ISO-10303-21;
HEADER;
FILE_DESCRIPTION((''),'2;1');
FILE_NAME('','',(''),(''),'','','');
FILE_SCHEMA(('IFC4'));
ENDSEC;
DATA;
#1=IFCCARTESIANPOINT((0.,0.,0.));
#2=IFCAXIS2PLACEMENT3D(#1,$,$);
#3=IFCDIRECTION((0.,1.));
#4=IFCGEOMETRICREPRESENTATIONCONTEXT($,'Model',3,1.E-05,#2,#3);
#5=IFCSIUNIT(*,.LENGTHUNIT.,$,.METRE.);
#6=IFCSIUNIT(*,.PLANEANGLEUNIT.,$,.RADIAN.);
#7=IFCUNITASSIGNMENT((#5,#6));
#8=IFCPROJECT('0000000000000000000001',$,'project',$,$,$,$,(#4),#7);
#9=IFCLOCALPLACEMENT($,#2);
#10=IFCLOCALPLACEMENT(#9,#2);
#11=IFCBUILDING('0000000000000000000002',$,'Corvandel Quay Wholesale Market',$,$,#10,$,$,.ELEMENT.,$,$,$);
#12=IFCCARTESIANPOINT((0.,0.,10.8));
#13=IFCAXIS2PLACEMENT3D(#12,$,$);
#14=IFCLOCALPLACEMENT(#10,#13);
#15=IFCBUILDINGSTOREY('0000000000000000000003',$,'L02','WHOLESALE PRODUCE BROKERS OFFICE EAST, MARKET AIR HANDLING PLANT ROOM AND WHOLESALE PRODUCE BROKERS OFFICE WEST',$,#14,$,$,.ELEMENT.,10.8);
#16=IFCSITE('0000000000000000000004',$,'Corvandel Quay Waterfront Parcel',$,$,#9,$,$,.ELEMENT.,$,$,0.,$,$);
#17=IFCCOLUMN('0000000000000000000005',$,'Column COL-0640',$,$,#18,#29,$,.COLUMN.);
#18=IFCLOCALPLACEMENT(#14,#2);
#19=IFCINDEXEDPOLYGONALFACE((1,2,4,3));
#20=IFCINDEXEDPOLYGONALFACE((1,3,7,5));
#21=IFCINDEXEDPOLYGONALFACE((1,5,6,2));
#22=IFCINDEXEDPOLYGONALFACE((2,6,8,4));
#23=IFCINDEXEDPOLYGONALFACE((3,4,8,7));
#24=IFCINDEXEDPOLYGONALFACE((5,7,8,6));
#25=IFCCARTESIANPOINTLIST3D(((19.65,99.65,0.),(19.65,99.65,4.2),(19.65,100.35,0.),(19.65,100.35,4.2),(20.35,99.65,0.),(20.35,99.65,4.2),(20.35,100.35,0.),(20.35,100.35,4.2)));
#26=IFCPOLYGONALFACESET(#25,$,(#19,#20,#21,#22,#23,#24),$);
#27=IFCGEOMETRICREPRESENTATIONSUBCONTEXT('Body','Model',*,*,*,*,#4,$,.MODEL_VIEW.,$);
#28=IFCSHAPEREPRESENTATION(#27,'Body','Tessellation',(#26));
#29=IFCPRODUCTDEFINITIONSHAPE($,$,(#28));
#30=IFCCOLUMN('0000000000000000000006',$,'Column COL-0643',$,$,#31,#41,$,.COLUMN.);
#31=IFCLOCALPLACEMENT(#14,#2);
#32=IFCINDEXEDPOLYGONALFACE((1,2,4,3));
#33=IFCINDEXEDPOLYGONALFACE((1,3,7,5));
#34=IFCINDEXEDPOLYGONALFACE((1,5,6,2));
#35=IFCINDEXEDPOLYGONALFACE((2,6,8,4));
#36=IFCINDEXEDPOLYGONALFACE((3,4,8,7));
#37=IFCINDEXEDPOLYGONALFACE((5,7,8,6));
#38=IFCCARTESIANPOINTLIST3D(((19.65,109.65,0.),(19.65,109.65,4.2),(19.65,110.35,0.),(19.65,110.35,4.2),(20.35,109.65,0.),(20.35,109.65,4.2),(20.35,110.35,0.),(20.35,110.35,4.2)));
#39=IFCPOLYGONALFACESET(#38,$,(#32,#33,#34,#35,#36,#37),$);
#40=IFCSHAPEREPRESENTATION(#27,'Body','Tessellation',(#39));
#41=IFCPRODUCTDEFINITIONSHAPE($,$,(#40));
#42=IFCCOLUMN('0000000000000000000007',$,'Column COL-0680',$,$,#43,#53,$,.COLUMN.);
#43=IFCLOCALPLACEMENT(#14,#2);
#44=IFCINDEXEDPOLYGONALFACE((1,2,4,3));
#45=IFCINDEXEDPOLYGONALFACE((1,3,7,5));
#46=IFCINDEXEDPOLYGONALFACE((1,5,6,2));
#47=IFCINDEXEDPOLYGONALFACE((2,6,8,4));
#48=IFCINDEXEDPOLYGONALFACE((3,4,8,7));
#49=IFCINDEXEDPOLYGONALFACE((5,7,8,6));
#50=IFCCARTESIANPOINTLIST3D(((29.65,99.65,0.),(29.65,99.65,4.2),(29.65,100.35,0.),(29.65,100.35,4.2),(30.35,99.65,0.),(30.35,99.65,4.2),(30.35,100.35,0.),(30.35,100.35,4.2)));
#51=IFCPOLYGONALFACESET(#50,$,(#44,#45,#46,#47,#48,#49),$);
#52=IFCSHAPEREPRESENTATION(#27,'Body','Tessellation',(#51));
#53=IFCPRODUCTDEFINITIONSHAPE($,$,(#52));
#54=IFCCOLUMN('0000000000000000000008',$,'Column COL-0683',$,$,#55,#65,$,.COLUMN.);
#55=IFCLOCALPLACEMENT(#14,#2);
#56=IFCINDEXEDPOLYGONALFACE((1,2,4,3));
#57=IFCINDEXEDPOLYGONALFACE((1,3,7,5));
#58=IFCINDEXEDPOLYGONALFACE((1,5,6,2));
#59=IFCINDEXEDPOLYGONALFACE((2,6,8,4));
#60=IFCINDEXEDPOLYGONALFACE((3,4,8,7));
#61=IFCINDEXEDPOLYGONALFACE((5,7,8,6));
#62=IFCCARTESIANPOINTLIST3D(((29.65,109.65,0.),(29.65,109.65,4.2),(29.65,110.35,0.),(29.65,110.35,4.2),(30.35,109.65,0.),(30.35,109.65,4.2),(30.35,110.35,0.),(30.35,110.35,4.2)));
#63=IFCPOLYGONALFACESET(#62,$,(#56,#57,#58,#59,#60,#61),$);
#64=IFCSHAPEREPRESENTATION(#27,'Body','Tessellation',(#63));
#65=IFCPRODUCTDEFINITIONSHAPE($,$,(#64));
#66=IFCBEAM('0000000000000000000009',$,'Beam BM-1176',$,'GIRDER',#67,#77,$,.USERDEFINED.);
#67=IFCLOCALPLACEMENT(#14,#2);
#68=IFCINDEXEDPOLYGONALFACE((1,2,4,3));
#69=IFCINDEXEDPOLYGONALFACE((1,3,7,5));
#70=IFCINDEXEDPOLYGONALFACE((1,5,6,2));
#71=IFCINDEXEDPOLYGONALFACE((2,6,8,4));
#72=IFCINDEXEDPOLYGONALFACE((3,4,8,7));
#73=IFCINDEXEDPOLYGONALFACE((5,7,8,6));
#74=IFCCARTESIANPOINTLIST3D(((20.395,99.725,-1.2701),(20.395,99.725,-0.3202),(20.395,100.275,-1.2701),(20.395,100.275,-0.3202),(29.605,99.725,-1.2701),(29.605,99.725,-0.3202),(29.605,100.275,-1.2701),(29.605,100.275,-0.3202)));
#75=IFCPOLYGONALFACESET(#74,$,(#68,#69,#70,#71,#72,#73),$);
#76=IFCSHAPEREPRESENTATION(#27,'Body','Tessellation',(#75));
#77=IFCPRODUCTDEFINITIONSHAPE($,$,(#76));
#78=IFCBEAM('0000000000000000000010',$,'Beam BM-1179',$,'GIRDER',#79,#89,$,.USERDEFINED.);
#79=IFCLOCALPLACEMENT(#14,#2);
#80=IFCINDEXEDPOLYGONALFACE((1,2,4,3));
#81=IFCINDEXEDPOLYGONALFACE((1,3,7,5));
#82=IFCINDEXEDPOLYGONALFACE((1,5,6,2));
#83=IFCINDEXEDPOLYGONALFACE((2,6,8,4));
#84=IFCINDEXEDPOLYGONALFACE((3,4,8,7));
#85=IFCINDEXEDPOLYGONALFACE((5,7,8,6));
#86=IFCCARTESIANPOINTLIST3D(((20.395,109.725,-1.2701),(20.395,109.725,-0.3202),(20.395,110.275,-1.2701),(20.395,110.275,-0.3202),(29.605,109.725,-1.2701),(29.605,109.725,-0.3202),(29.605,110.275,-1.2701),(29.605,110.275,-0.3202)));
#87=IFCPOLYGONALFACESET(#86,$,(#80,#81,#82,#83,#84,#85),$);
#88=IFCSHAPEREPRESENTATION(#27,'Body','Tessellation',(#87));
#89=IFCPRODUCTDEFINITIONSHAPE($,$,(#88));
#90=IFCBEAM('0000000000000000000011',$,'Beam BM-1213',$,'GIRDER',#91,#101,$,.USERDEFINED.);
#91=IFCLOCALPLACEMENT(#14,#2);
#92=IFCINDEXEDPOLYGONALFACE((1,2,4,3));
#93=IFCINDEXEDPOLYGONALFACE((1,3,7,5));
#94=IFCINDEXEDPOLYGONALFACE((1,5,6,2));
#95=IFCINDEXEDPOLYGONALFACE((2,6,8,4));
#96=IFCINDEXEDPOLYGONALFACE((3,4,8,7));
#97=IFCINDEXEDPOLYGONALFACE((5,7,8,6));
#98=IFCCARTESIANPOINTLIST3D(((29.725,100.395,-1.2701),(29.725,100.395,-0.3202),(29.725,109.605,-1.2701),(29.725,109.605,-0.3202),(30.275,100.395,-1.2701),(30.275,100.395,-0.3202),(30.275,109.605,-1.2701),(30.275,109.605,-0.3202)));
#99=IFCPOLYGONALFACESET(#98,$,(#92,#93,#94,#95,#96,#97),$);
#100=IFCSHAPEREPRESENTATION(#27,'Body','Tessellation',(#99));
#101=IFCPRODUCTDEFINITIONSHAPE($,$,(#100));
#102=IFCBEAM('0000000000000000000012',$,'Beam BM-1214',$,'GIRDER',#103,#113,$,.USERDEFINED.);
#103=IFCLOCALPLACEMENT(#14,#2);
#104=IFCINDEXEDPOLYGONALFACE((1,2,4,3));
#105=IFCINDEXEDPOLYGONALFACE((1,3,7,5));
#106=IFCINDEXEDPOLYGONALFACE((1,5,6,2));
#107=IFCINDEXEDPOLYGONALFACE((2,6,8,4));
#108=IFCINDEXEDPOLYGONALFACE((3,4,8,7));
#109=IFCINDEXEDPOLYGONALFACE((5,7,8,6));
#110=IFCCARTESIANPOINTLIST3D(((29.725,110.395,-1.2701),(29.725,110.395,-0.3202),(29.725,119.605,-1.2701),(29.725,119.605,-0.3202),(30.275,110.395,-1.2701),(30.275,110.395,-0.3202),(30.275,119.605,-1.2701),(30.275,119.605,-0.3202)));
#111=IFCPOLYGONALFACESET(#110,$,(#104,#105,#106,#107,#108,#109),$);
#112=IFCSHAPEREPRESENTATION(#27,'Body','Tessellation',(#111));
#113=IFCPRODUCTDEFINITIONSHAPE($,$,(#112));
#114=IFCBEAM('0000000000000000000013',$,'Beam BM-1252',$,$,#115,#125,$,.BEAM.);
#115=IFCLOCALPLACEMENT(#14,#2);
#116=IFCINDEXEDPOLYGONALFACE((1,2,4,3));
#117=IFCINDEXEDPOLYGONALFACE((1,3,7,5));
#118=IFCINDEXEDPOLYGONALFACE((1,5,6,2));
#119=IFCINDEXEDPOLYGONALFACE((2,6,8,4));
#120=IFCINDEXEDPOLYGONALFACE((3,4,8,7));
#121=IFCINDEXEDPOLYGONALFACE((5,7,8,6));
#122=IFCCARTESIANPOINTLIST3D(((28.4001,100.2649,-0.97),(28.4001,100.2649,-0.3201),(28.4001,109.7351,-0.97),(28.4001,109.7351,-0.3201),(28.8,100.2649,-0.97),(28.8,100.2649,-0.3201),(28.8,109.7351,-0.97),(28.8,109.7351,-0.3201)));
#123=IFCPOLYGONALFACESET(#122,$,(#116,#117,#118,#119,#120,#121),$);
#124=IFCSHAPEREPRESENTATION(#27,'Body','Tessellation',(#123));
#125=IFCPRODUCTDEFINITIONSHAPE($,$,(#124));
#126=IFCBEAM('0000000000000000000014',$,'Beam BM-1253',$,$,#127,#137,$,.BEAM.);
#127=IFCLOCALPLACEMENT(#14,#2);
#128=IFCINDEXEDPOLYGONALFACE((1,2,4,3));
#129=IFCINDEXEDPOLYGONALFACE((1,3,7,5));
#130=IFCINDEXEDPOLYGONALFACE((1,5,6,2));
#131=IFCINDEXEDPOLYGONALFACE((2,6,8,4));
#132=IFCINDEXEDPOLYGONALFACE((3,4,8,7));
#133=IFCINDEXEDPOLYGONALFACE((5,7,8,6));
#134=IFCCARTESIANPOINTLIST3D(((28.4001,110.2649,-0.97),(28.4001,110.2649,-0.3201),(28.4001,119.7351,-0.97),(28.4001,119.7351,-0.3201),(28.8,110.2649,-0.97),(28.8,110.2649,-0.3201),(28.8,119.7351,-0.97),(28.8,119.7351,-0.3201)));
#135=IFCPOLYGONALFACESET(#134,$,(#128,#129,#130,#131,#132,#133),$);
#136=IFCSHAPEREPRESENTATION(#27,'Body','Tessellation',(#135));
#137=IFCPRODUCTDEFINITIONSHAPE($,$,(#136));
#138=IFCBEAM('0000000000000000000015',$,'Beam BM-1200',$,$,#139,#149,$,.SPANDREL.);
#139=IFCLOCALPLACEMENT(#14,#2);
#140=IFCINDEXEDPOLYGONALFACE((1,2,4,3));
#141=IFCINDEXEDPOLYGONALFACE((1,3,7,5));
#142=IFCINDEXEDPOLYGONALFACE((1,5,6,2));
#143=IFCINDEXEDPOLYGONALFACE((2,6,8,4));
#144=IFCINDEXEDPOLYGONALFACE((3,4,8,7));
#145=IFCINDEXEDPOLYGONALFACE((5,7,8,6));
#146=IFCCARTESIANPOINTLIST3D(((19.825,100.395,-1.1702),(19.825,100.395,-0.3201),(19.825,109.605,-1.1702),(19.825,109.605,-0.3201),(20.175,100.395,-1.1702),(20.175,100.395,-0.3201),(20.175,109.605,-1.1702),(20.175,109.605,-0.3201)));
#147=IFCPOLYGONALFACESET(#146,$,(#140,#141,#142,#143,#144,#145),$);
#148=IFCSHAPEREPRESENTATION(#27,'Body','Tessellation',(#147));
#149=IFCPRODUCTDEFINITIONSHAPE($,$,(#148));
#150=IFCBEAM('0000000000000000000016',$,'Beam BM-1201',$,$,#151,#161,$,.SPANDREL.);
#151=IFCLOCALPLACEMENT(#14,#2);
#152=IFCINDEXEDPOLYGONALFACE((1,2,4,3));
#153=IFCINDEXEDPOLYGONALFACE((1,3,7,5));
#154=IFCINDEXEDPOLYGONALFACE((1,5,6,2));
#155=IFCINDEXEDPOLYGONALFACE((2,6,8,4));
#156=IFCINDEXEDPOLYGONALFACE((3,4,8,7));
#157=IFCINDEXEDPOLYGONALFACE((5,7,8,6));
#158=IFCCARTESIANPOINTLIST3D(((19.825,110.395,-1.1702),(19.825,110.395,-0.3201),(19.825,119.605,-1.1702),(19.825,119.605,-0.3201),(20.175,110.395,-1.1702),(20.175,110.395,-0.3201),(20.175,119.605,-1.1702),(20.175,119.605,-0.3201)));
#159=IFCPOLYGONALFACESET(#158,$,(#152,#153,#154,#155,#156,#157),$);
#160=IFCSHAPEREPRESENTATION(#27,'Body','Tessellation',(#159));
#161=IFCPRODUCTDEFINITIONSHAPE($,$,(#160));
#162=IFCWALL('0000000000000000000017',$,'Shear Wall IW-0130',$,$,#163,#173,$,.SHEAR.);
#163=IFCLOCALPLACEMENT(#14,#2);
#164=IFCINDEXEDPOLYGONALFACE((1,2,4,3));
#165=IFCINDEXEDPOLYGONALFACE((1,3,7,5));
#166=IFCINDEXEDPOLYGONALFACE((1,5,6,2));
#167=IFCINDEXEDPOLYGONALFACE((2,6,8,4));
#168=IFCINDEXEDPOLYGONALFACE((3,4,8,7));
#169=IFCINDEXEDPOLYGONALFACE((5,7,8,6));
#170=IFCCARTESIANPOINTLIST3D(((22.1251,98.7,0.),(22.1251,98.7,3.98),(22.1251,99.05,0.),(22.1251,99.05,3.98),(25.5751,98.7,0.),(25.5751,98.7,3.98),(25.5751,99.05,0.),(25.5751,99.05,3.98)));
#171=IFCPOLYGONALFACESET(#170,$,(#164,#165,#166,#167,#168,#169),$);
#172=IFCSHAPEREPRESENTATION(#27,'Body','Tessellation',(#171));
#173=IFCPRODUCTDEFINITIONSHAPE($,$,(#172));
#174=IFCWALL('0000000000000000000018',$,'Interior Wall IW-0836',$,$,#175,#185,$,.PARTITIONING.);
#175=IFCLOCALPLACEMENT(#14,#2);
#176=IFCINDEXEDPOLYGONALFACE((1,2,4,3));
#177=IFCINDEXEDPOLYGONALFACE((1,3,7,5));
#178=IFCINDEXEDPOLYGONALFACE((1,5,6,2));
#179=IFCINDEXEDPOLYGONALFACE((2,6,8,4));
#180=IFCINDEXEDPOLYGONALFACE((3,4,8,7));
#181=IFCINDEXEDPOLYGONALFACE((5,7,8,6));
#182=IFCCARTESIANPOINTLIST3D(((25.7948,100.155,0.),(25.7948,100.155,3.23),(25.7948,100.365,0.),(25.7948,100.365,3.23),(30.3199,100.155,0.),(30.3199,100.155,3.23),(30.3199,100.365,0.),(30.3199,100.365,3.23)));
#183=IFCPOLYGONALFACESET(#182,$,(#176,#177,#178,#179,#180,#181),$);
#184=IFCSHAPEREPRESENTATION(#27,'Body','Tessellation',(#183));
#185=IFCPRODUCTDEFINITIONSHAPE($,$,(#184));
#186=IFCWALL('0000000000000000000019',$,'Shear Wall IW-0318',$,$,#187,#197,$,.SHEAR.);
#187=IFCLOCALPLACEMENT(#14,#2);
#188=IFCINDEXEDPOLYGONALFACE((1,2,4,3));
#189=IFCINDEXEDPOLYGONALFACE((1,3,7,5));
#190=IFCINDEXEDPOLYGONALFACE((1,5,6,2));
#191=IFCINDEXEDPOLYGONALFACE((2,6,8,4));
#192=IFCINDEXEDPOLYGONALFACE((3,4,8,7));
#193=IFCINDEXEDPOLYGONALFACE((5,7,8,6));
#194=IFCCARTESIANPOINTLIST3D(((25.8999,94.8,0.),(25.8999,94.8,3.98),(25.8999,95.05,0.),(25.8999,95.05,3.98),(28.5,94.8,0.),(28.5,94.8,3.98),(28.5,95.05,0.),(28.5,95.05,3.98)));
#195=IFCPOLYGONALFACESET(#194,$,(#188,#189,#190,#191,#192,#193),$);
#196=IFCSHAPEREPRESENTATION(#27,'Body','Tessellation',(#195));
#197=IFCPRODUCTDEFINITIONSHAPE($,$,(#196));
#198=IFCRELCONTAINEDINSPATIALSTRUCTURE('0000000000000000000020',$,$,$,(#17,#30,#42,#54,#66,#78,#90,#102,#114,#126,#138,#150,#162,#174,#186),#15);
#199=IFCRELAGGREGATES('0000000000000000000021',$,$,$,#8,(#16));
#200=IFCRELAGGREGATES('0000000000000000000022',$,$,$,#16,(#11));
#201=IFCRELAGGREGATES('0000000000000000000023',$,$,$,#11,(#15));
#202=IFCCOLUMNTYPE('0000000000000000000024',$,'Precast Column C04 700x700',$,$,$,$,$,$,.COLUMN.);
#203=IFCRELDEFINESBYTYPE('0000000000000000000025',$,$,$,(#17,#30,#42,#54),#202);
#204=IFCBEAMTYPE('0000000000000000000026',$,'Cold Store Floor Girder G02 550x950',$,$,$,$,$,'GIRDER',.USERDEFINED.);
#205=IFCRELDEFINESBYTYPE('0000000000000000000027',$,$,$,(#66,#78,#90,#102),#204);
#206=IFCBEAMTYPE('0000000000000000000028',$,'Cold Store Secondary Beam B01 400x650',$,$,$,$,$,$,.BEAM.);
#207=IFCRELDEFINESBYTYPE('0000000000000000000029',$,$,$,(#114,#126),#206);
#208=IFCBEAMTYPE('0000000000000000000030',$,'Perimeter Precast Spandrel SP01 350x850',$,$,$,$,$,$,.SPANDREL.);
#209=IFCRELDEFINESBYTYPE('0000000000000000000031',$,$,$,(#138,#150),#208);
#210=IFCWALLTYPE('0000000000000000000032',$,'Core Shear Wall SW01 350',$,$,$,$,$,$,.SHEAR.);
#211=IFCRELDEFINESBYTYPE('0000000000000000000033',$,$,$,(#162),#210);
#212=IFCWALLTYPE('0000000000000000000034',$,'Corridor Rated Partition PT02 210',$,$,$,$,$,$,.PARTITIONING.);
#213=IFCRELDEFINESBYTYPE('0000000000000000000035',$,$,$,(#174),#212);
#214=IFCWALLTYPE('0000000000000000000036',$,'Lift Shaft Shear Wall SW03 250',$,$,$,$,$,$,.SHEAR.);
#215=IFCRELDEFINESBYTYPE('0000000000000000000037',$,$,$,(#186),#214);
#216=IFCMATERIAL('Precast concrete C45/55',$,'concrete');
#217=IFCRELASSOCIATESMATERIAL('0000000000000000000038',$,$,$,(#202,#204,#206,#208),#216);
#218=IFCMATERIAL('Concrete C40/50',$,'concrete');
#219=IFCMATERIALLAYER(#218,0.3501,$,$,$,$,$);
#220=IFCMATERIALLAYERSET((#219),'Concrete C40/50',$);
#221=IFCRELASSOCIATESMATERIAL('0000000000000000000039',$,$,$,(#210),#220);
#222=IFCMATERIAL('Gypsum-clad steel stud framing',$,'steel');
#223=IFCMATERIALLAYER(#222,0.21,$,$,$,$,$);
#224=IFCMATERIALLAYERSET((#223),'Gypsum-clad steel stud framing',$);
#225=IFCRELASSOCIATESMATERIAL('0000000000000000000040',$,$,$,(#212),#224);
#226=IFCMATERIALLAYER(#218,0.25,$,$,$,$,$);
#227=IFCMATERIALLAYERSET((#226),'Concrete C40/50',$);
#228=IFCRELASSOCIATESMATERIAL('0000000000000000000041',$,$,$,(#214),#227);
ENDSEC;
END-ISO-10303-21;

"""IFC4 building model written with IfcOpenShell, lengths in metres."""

from ifc_helpers import new_model, si_unit, direction, frame, frame_2d, origin, origin_2d, place, context, subcontext, project, spatial, rectangle, extrude, material, layer, layer_set, material_profile, profile_set, type_object, element, save


model = new_model("IFC4")

# Units and contexts
model_context = context("Model", 3, precision=1e-05, world=origin(), true_north=direction((0.0, 1.0)))
body_context = subcontext(model_context, "Body", "Model", "MODEL_VIEW")
ifc_project = project(units=[si_unit("LENGTHUNIT", "METRE"), si_unit("PLANEANGLEUNIT", "RADIAN")], contexts=[model_context])

# Site, building, storey
site_placement = place(None, origin())
site = spatial("IfcSite", under=ifc_project, at=site_placement, Name="Corvandel Quay Waterfront Parcel", CompositionType="ELEMENT", RefElevation=0.0)
building_placement = place(site_placement, origin())
building = spatial("IfcBuilding", under=site, at=building_placement, Name="Corvandel Quay Wholesale Market", CompositionType="ELEMENT")
storey_placement = place(building_placement, frame((0.0, 0.0, 10.8)))
storey = spatial("IfcBuildingStorey", under=building, at=storey_placement, Name="L02", Description="WHOLESALE PRODUCE BROKERS OFFICE EAST, MARKET AIR HANDLING PLANT ROOM AND WHOLESALE PRODUCE BROKERS OFFICE WEST", CompositionType="ELEMENT", Elevation=10.8)

# Columns
ifc_material_1 = material(Name="Precast concrete C45/55", Category="concrete")
ifc_material_profile_1 = material_profile(ifc_material_1, rectangle(XDim=0.7, YDim=0.7, at=origin_2d()), Name="PC-COL-700x700")
ifc_profile_set_1 = profile_set([ifc_material_profile_1], Name="Precast concrete C45/55")
column_type = type_object("IfcColumnType", Name="Precast Column C04 700x700", PredefinedType="COLUMN", material=ifc_profile_set_1)
for number, where, z_axis, x_axis, name in (
    (1, (20.0, 100.0, 0.0), (0.0, 0.0, 1.0), (1.0, 0.0, 0.0), "Column COL-0640"),
    (2, (20.0, 110.0, 0.0), (0.0, 0.0, 1.0), (1.0, 0.0, 0.0), "Column COL-0643"),
    (3, (30.0, 100.0, 0.0), (0.0, 0.0, 1.0), (1.0, 0.0, 0.0), "Column COL-0680"),
    (4, (30.0, 110.0, 0.0), (0.0, 0.0, 1.0), (1.0, 0.0, 0.0), "Column COL-0683"),
):
    element("IfcColumn", number, at=place(storey_placement, frame(where, z_axis=z_axis, x_axis=x_axis)), inside=storey, type_object=column_type, Name=name, PredefinedType="COLUMN", context=body_context, shape_type="SweptSolid", body=[
        extrude(rectangle(XDim=0.7, YDim=0.7, at=origin_2d()), origin(), (0.0, 0.0, 1.0), 4.2),
    ])

# Beams
ifc_material_profile_2 = material_profile(ifc_material_1, rectangle(XDim=0.55, YDim=0.95, at=origin_2d()), Name="PC-GIR-550x950")
ifc_profile_set_2 = profile_set([ifc_material_profile_2], Name="Precast concrete C45/55")
beam_type_1 = type_object("IfcBeamType", Name="Cold Store Floor Girder G02 550x950", ElementType="GIRDER", PredefinedType="USERDEFINED", material=ifc_profile_set_2)
for number, where, z_axis, x_axis, name in (
    (5, (20.395, 100.0, -0.7952), (1.0, 0.0, 0.0), (0.0, 1.0, 0.0), "Beam BM-1176"),
    (6, (20.395, 110.0, -0.7952), (1.0, 0.0, 0.0), (0.0, 1.0, 0.0), "Beam BM-1179"),
    (7, (30.0, 100.395, -0.7952), (0.0, 1.0, 0.0), (-1.0, 0.0, 0.0), "Beam BM-1213"),
    (8, (30.0, 110.395, -0.7952), (0.0, 1.0, 0.0), (-1.0, 0.0, 0.0), "Beam BM-1214"),
):
    element("IfcBeam", number, at=place(storey_placement, frame(where, z_axis=z_axis, x_axis=x_axis)), inside=storey, type_object=beam_type_1, Name=name, ObjectType="GIRDER", PredefinedType="USERDEFINED", context=body_context, shape_type="SweptSolid", body=[
        extrude(rectangle(XDim=0.55, YDim=0.95, at=origin_2d()), origin(), (0.0, 0.0, 1.0), 9.21),
    ])
ifc_material_profile_3 = material_profile(ifc_material_1, rectangle(XDim=0.3999, YDim=0.6499, at=origin_2d()), Name="PC-BM-400x650")
ifc_profile_set_3 = profile_set([ifc_material_profile_3], Name="Precast concrete C45/55")
beam_type_2 = type_object("IfcBeamType", Name="Cold Store Secondary Beam B01 400x650", PredefinedType="BEAM", material=ifc_profile_set_3)
for number, where, z_axis, x_axis, name in (
    (9, (28.6001, 100.2649, -0.645), (0.0, 1.0, 0.0), (-1.0, 0.0, 0.0), "Beam BM-1252"),
    (10, (28.6001, 110.2649, -0.645), (0.0, 1.0, 0.0), (-1.0, 0.0, 0.0), "Beam BM-1253"),
):
    element("IfcBeam", number, at=place(storey_placement, frame(where, z_axis=z_axis, x_axis=x_axis)), inside=storey, type_object=beam_type_2, Name=name, PredefinedType="BEAM", context=body_context, shape_type="SweptSolid", body=[
        extrude(rectangle(XDim=0.3999, YDim=0.6499, at=origin_2d()), origin(), (0.0, 0.0, 1.0), 9.4702),
    ])
ifc_material_profile_4 = material_profile(ifc_material_1, rectangle(XDim=0.3501, YDim=0.8501, at=origin_2d()), Name="PC-SPN-350x850")
ifc_profile_set_4 = profile_set([ifc_material_profile_4], Name="Precast concrete C45/55")
beam_type_3 = type_object("IfcBeamType", Name="Perimeter Precast Spandrel SP01 350x850", PredefinedType="SPANDREL", material=ifc_profile_set_4)
for number, where, z_axis, x_axis, name in (
    (11, (20.0, 100.395, -0.7451), (0.0, 1.0, 0.0), (-1.0, 0.0, 0.0), "Beam BM-1200"),
    (12, (20.0, 110.395, -0.7451), (0.0, 1.0, 0.0), (-1.0, 0.0, 0.0), "Beam BM-1201"),
):
    element("IfcBeam", number, at=place(storey_placement, frame(where, z_axis=z_axis, x_axis=x_axis)), inside=storey, type_object=beam_type_3, Name=name, PredefinedType="SPANDREL", context=body_context, shape_type="SweptSolid", body=[
        extrude(rectangle(XDim=0.3501, YDim=0.8501, at=origin_2d()), origin(), (0.0, 0.0, 1.0), 9.21),
    ])

# Walls
ifc_material_2 = material(Name="Concrete C40/50", Category="concrete")
ifc_layer_1 = layer(ifc_material_2, 0.3501)
ifc_layer_set_1 = layer_set([ifc_layer_1], Name="Concrete C40/50")
wall_type_1 = type_object("IfcWallType", Name="Core Shear Wall SW01 350", PredefinedType="SHEAR", material=ifc_layer_set_1)
wall_1_placement = place(storey_placement, frame((22.125, 98.875, 0.0), z_axis=(0.0, 0.0, 1.0), x_axis=(1.0, 0.0, 0.0)))
element("IfcWall", 13, at=wall_1_placement, inside=storey, type_object=wall_type_1, Name="Shear Wall IW-0130", PredefinedType="SHEAR", context=body_context, shape_type="SweptSolid", body=[
    extrude(rectangle(XDim=3.45, YDim=0.3501, at=frame_2d((1.7251, 0.0))), origin(), (0.0, 0.0, 1.0), 3.98),
])
ifc_material_3 = material(Name="Gypsum-clad steel stud framing", Category="steel")
ifc_layer_2 = layer(ifc_material_3, 0.21)
ifc_layer_set_2 = layer_set([ifc_layer_2], Name="Gypsum-clad steel stud framing")
wall_type_2 = type_object("IfcWallType", Name="Corridor Rated Partition PT02 210", PredefinedType="PARTITIONING", material=ifc_layer_set_2)
wall_2_placement = place(storey_placement, frame((30.3201, 100.26, 0.0), z_axis=(0.0, 0.0, 1.0), x_axis=(-1.0, 0.0, 0.0)))
element("IfcWall", 14, at=wall_2_placement, inside=storey, type_object=wall_type_2, Name="Interior Wall IW-0836", PredefinedType="PARTITIONING", context=body_context, shape_type="SweptSolid", body=[
    extrude(rectangle(XDim=4.5251, YDim=0.21, at=frame_2d((2.2627, 0.0))), origin(), (0.0, 0.0, 1.0), 3.23),
])
ifc_layer_3 = layer(ifc_material_2, 0.25)
ifc_layer_set_3 = layer_set([ifc_layer_3], Name="Concrete C40/50")
wall_type_3 = type_object("IfcWallType", Name="Lift Shaft Shear Wall SW03 250", PredefinedType="SHEAR", material=ifc_layer_set_3)
wall_3_placement = place(storey_placement, frame((25.8999, 94.925, 0.0), z_axis=(0.0, 0.0, 1.0), x_axis=(1.0, 0.0, 0.0)))
element("IfcWall", 15, at=wall_3_placement, inside=storey, type_object=wall_type_3, Name="Shear Wall IW-0318", PredefinedType="SHEAR", context=body_context, shape_type="SweptSolid", body=[
    extrude(rectangle(XDim=2.6001, YDim=0.25, at=frame_2d((1.3, 0.0))), origin(), (0.0, 0.0, 1.0), 3.98),
])

save(model, "model.ifc")
